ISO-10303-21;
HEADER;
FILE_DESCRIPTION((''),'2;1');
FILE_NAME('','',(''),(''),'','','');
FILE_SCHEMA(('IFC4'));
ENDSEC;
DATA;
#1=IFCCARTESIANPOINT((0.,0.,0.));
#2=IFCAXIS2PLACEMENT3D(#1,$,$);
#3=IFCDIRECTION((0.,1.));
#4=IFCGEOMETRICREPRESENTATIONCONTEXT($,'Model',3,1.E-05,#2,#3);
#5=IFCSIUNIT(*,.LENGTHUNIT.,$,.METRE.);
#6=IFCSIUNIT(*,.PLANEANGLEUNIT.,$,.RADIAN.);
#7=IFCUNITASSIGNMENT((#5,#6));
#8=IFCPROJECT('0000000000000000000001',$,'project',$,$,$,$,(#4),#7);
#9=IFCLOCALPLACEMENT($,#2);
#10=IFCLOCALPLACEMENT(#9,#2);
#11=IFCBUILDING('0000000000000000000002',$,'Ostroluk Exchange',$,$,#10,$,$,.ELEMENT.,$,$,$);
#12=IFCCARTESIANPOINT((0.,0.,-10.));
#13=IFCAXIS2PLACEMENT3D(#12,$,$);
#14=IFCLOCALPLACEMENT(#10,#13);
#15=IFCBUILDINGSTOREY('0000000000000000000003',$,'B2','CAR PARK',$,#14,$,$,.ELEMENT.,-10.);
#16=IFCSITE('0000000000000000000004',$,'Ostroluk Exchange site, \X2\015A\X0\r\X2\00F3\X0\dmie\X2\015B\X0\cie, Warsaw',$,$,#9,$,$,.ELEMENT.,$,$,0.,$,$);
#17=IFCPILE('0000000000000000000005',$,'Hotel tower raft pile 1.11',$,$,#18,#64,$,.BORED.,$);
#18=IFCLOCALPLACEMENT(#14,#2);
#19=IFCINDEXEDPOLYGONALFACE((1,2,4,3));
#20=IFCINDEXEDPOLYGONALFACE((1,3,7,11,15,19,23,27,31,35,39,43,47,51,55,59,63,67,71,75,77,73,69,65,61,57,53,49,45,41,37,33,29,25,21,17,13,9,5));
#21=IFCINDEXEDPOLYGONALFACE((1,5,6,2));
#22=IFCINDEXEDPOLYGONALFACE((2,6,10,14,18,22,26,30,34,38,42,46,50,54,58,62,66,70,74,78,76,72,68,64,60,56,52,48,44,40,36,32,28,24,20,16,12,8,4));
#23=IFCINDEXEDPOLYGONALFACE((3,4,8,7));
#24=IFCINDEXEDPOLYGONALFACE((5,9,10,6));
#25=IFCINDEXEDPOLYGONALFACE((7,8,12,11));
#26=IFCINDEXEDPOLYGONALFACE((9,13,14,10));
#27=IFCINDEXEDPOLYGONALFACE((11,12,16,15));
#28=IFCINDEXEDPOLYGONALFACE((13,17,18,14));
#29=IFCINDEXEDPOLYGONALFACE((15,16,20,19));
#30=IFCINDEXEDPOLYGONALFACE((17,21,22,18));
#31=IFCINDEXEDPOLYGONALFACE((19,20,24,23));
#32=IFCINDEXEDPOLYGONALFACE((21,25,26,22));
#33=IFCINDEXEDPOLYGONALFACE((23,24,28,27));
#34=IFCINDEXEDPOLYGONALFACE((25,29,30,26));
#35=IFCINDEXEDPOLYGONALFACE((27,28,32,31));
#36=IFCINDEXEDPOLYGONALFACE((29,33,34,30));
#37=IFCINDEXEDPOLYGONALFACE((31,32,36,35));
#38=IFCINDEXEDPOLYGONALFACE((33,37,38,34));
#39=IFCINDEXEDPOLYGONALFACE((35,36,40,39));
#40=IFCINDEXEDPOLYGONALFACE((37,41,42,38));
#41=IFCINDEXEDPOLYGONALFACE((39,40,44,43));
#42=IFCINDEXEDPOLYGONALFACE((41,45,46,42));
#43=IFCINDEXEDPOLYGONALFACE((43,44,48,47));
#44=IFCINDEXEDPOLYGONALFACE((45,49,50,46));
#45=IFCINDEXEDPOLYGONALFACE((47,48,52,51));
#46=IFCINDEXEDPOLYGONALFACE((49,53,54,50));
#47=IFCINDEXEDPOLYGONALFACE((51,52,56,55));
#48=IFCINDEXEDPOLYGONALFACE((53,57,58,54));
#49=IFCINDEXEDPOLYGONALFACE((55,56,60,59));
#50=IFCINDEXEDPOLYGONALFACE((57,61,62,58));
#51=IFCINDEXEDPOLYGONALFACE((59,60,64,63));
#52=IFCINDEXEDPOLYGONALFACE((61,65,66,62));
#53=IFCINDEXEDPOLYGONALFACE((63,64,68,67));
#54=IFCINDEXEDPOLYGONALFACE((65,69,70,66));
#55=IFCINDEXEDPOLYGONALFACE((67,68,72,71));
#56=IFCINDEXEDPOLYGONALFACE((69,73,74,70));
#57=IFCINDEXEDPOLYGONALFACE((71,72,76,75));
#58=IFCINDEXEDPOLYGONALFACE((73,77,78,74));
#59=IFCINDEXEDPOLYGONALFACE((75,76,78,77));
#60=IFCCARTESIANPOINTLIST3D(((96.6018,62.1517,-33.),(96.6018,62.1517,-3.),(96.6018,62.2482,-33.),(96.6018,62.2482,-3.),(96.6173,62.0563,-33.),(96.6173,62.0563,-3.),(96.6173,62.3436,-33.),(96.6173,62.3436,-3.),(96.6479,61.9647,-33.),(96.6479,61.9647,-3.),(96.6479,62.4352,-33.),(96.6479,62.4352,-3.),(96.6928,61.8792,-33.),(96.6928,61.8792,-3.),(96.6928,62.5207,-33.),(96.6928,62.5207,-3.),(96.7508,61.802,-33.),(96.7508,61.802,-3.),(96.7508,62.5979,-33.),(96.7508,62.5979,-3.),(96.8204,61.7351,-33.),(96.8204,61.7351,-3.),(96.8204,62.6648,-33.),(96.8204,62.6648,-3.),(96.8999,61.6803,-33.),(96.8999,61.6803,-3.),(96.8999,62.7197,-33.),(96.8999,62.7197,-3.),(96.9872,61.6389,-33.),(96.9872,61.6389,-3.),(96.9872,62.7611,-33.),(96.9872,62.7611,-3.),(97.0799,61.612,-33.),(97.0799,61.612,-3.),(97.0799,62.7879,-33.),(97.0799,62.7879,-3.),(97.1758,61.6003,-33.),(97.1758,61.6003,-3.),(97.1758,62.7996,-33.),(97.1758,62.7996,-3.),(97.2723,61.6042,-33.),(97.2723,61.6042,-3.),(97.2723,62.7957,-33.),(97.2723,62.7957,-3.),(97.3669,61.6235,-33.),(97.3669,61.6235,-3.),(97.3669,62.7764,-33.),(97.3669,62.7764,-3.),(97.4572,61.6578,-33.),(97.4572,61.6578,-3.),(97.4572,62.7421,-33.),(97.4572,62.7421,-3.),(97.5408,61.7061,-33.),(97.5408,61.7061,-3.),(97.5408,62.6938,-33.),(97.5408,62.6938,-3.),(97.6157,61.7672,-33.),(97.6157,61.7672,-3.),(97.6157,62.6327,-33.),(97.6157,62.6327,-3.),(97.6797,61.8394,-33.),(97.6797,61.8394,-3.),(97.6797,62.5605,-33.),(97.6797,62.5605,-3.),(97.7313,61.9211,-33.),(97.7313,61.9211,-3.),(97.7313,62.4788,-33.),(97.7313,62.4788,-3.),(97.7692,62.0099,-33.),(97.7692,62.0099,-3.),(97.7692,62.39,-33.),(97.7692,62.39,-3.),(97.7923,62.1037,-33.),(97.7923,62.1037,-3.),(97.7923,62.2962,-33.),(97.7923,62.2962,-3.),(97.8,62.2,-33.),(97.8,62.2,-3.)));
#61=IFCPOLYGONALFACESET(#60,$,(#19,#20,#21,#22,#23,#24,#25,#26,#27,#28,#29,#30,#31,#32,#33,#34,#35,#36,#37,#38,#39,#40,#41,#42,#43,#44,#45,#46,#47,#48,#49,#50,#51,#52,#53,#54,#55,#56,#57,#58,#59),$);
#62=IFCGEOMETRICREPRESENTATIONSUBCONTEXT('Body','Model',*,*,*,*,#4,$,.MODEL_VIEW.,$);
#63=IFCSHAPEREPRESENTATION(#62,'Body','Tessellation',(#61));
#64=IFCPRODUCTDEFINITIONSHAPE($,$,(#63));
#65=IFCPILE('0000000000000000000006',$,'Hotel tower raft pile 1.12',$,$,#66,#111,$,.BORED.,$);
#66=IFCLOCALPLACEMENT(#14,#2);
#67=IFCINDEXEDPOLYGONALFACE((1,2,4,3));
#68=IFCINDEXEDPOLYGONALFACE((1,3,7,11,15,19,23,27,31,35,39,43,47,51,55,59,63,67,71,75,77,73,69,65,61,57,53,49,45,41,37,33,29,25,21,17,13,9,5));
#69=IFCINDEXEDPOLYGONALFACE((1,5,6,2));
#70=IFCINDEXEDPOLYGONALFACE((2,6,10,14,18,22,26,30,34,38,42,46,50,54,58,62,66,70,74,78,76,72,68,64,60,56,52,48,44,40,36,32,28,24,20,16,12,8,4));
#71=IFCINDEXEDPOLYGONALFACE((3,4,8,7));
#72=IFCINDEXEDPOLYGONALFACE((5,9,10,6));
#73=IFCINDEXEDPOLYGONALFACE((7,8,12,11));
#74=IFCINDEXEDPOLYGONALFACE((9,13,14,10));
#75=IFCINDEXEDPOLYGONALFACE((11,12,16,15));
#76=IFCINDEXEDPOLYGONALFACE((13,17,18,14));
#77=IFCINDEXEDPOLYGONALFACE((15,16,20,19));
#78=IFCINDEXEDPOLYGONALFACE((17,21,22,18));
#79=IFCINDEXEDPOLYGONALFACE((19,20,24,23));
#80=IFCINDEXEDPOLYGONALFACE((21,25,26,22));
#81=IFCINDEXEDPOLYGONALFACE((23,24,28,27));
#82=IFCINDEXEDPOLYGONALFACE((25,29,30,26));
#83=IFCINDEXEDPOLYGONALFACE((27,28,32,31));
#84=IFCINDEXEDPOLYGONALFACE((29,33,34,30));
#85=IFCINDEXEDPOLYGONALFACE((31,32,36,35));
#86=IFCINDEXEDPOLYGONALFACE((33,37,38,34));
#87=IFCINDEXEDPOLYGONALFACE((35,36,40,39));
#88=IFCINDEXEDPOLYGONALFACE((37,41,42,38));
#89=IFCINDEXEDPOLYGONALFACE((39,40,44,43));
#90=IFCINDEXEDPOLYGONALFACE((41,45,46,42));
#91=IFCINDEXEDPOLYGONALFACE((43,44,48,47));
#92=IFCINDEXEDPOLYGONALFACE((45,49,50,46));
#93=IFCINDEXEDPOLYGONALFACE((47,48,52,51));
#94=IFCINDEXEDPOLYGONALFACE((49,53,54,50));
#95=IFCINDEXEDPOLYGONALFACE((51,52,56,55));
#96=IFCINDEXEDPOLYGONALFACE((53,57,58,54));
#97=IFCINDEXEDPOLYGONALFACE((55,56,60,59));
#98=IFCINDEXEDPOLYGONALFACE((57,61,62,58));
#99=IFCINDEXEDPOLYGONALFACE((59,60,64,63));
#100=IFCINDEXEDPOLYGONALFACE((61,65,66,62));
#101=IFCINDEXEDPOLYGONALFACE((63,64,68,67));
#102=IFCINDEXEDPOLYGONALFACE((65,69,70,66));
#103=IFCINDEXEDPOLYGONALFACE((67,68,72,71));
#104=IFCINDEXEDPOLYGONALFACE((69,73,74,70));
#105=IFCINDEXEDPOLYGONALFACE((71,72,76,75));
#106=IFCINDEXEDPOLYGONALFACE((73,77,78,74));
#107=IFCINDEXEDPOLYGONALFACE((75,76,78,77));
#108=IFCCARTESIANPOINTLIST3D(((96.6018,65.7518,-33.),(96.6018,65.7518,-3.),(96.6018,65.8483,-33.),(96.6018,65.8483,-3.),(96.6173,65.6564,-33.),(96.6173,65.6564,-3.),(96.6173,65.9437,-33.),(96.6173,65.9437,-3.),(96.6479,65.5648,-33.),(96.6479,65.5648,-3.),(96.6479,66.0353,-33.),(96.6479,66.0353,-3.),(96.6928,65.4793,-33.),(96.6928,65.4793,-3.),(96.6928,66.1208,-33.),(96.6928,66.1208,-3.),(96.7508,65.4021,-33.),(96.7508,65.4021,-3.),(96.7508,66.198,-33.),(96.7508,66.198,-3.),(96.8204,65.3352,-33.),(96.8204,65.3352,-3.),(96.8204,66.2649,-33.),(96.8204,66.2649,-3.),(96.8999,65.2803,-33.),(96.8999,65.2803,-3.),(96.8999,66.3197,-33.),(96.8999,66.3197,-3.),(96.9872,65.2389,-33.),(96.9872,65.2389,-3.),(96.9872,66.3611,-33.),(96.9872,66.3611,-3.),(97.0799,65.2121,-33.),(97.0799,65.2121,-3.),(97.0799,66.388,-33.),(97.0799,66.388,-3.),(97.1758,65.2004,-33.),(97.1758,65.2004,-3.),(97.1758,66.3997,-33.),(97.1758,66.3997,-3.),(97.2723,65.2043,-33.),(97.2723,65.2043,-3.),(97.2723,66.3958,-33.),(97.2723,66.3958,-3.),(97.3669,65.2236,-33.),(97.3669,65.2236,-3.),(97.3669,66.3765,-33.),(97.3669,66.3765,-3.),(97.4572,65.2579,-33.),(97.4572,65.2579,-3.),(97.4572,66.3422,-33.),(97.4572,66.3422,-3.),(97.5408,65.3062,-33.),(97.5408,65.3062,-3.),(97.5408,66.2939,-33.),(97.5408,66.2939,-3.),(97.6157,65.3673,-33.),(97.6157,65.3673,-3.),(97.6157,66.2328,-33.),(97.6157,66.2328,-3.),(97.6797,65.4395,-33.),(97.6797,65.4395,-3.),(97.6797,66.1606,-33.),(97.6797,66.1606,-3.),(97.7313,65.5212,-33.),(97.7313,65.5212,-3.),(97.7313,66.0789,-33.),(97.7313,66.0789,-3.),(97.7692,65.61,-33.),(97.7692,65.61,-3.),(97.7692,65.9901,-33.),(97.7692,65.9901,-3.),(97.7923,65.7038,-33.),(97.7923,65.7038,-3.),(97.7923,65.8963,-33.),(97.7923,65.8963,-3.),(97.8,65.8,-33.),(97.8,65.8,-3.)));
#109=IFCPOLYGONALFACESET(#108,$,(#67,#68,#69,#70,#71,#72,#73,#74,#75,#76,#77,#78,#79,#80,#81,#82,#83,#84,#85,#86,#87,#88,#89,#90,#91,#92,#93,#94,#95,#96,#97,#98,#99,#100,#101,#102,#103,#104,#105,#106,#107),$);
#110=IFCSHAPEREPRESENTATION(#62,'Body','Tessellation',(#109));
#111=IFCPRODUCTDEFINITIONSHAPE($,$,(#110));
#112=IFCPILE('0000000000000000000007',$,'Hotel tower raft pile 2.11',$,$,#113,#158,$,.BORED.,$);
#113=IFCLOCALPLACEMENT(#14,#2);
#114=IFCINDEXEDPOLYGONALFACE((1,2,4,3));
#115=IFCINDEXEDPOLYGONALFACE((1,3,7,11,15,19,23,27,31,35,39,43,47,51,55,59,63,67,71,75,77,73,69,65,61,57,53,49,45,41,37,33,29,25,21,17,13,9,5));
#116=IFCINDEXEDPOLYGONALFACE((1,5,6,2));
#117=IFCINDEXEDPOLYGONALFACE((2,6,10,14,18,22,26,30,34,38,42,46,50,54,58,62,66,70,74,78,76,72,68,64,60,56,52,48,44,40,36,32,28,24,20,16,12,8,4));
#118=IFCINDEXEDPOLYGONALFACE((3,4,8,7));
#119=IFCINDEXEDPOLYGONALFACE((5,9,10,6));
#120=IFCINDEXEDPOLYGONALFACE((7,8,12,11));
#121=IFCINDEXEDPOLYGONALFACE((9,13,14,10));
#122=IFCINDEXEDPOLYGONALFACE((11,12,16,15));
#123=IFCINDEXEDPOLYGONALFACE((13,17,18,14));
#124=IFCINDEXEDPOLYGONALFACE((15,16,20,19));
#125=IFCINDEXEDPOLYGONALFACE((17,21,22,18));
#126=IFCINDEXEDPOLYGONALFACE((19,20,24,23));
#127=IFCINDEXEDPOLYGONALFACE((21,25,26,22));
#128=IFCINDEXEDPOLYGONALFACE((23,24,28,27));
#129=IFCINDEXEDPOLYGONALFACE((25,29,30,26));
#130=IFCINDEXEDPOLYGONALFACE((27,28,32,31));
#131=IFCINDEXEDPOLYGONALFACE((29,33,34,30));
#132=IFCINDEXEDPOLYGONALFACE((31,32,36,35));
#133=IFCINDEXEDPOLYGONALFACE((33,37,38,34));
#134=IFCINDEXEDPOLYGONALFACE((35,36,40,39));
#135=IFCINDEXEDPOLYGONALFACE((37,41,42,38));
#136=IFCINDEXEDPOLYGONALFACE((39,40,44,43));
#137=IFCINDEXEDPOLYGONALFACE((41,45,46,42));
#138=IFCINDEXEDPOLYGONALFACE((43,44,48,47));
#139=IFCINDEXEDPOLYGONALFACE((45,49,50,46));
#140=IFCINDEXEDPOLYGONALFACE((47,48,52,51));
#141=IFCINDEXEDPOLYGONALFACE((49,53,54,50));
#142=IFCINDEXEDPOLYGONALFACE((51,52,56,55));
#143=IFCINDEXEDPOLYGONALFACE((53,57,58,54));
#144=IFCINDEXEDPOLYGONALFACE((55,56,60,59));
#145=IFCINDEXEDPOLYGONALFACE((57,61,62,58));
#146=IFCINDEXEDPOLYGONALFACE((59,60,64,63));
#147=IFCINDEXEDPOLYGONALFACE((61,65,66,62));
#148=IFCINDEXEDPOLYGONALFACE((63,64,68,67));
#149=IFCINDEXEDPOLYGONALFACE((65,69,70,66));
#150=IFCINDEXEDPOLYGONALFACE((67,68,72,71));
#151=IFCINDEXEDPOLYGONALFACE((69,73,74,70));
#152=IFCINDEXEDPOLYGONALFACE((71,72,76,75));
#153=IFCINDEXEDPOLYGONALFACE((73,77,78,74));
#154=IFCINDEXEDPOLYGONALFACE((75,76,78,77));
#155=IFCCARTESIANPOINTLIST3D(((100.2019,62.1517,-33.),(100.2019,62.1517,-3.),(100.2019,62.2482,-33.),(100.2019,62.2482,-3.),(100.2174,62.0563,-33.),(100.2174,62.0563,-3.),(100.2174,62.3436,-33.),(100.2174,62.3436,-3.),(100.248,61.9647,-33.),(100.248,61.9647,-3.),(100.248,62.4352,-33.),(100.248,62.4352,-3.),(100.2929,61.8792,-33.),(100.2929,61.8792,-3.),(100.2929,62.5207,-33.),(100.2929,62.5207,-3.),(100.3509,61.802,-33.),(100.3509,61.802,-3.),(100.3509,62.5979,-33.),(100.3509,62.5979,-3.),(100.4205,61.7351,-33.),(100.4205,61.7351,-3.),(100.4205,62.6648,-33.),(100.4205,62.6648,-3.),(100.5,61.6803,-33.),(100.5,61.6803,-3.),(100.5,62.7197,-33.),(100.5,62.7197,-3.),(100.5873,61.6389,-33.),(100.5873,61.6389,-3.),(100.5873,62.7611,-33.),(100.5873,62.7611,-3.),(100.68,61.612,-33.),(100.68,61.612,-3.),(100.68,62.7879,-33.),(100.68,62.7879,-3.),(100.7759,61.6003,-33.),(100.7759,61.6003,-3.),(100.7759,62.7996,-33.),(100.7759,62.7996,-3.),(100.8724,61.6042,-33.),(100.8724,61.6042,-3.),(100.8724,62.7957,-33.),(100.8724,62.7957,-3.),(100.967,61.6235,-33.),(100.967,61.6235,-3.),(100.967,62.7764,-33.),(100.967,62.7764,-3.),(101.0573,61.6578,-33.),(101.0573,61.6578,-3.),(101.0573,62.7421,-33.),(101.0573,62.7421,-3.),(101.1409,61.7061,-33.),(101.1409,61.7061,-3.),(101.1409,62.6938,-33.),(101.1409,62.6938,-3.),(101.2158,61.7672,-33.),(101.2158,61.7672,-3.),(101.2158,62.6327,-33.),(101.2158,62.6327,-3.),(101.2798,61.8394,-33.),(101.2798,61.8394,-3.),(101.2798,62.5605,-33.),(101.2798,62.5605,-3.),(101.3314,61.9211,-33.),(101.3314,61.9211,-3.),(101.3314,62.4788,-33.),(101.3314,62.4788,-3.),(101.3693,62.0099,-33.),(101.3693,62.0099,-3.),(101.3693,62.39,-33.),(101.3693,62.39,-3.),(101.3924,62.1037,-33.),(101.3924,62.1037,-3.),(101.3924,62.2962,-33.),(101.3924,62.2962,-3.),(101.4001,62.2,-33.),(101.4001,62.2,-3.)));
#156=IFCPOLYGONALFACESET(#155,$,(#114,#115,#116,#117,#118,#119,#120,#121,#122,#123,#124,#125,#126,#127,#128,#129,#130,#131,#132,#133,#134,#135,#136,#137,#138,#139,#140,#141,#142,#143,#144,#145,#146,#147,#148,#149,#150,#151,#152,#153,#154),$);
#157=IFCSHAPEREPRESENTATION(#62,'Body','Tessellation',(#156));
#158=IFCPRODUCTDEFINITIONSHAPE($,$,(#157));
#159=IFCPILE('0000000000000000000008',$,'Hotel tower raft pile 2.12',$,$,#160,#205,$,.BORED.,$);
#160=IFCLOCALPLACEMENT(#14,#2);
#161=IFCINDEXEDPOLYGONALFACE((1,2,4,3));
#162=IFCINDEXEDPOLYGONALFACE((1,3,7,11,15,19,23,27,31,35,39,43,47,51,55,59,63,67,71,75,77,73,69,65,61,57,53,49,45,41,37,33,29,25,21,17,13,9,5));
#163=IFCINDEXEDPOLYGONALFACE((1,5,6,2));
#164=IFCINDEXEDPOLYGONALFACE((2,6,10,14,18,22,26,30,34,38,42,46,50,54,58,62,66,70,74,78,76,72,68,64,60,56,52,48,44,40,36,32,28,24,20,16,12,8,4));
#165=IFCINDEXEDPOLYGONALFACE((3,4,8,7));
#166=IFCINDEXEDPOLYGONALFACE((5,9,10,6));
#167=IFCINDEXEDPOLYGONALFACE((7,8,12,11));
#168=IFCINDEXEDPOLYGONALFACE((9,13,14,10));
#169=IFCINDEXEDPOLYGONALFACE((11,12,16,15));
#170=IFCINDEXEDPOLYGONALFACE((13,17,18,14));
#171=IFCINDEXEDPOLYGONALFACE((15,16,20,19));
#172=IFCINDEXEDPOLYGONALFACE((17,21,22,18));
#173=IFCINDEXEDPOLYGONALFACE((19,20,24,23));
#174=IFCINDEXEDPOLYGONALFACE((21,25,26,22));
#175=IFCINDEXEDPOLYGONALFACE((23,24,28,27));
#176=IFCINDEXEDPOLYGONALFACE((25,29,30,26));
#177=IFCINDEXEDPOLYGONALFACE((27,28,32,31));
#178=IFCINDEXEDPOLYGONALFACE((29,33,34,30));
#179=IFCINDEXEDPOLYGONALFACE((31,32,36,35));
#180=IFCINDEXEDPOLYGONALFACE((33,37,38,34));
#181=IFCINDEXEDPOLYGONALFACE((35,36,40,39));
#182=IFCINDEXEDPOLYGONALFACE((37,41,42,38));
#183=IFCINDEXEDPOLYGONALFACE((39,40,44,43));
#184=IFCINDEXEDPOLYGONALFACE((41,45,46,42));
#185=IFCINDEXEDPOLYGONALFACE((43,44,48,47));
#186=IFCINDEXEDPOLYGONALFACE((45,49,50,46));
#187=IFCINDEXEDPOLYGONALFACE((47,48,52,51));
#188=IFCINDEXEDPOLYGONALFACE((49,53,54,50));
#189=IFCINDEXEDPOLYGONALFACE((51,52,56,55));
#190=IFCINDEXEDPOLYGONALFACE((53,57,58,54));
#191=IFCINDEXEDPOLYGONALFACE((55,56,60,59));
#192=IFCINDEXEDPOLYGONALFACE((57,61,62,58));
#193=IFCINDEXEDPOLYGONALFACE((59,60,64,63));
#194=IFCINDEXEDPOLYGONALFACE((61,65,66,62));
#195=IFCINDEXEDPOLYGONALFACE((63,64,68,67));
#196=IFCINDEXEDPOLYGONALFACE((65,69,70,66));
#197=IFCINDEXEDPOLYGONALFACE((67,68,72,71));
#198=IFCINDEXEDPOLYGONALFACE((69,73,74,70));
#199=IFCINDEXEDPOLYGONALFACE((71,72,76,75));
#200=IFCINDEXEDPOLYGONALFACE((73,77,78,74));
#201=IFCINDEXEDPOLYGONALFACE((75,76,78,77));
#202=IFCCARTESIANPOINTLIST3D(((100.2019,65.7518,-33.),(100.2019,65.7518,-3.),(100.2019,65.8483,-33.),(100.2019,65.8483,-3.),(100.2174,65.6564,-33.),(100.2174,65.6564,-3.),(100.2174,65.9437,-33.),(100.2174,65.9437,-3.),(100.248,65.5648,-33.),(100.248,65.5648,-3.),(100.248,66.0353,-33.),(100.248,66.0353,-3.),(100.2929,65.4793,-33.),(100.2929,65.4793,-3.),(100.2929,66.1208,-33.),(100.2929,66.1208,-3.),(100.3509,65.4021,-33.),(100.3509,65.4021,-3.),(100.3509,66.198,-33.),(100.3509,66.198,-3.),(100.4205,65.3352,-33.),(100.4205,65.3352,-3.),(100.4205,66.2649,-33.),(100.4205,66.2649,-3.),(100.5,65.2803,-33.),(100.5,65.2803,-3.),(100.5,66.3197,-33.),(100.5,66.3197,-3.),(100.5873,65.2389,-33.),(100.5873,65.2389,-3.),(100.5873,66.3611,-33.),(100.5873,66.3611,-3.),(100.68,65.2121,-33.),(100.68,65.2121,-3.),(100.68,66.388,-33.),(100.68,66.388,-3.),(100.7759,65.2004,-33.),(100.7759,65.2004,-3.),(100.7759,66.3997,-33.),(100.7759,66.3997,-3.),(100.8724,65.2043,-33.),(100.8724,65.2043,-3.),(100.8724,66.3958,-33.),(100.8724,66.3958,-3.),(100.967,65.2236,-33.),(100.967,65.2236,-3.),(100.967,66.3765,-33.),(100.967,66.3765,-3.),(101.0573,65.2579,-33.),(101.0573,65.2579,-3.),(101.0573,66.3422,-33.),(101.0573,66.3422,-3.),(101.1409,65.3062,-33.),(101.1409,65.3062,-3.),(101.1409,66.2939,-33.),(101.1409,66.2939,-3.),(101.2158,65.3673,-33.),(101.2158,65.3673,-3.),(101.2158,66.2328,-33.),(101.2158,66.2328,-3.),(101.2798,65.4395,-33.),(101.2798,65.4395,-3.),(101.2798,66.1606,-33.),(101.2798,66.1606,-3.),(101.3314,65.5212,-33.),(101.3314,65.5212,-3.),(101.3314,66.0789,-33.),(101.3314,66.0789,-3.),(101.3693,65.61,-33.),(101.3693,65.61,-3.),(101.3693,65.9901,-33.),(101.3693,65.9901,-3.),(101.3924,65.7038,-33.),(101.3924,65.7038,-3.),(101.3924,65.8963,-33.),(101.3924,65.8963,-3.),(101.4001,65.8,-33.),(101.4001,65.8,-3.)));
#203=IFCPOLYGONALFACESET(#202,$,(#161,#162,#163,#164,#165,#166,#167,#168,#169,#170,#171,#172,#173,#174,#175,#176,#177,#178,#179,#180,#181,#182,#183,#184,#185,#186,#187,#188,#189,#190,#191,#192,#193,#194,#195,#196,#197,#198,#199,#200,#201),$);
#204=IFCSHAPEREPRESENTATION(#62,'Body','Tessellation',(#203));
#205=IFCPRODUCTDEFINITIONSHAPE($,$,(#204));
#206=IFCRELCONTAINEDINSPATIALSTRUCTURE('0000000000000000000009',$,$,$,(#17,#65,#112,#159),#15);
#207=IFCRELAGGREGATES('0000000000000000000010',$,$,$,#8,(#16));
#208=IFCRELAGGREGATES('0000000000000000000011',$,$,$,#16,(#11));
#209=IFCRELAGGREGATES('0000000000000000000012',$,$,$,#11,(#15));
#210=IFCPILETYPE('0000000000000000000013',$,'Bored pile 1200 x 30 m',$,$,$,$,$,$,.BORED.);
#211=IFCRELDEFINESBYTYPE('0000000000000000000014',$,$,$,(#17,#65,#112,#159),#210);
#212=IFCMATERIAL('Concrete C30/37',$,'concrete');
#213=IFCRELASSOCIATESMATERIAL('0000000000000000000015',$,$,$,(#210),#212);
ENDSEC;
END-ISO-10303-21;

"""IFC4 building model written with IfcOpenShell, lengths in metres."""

from ifc_helpers import new_model, si_unit, direction, frame, origin, origin_2d, place, context, subcontext, project, spatial, circle, extrude, material, type_object, element, save


model = new_model("IFC4")

# Units and contexts
model_context = context("Model", 3, precision=1e-05, world=origin(), true_north=direction((0.0, 1.0)))
body_context = subcontext(model_context, "Body", "Model", "MODEL_VIEW")
ifc_project = project(units=[si_unit("LENGTHUNIT", "METRE"), si_unit("PLANEANGLEUNIT", "RADIAN")], contexts=[model_context])

# Site, building, storey
site_placement = place(None, origin())
site = spatial("IfcSite", under=ifc_project, at=site_placement, Name="Ostroluk Exchange site, Śródmieście, Warsaw", CompositionType="ELEMENT", RefElevation=0.0)
building_placement = place(site_placement, origin())
building = spatial("IfcBuilding", under=site, at=building_placement, Name="Ostroluk Exchange", CompositionType="ELEMENT")
storey_placement = place(building_placement, frame((0.0, 0.0, -10.0)))
storey = spatial("IfcBuildingStorey", under=building, at=storey_placement, Name="B2", Description="CAR PARK", CompositionType="ELEMENT", Elevation=-10.0)

# Piles
ifc_material_1 = material(Name="Concrete C30/37", Category="concrete")
pile_type_1 = type_object("IfcPileType", Name="Bored pile 1200 x 30 m", PredefinedType="BORED", material=ifc_material_1)
for number, where, z_axis, x_axis, name in (
    (1, (97.2, 62.2, -3.0), (0.0, 0.0, -1.0), (1.0, 0.0, 0.0), "Hotel tower raft pile 1.11"),
    (2, (97.2, 65.8, -3.0), (0.0, 0.0, -1.0), (1.0, 0.0, 0.0), "Hotel tower raft pile 1.12"),
    (3, (100.8, 62.2, -3.0), (0.0, 0.0, -1.0), (1.0, 0.0, 0.0), "Hotel tower raft pile 2.11"),
    (4, (100.8, 65.8, -3.0), (0.0, 0.0, -1.0), (1.0, 0.0, 0.0), "Hotel tower raft pile 2.12"),
):
    element("IfcPile", number, at=place(storey_placement, frame(where, z_axis=z_axis, x_axis=x_axis)), inside=storey, type_object=pile_type_1, Name=name, PredefinedType="BORED", context=body_context, shape_type="SweptSolid", body=[
        extrude(circle(Radius=0.6001, at=origin_2d()), origin(), (0.0, 0.0, 1.0), 30.0),
    ])

save(model, "model.ifc")
